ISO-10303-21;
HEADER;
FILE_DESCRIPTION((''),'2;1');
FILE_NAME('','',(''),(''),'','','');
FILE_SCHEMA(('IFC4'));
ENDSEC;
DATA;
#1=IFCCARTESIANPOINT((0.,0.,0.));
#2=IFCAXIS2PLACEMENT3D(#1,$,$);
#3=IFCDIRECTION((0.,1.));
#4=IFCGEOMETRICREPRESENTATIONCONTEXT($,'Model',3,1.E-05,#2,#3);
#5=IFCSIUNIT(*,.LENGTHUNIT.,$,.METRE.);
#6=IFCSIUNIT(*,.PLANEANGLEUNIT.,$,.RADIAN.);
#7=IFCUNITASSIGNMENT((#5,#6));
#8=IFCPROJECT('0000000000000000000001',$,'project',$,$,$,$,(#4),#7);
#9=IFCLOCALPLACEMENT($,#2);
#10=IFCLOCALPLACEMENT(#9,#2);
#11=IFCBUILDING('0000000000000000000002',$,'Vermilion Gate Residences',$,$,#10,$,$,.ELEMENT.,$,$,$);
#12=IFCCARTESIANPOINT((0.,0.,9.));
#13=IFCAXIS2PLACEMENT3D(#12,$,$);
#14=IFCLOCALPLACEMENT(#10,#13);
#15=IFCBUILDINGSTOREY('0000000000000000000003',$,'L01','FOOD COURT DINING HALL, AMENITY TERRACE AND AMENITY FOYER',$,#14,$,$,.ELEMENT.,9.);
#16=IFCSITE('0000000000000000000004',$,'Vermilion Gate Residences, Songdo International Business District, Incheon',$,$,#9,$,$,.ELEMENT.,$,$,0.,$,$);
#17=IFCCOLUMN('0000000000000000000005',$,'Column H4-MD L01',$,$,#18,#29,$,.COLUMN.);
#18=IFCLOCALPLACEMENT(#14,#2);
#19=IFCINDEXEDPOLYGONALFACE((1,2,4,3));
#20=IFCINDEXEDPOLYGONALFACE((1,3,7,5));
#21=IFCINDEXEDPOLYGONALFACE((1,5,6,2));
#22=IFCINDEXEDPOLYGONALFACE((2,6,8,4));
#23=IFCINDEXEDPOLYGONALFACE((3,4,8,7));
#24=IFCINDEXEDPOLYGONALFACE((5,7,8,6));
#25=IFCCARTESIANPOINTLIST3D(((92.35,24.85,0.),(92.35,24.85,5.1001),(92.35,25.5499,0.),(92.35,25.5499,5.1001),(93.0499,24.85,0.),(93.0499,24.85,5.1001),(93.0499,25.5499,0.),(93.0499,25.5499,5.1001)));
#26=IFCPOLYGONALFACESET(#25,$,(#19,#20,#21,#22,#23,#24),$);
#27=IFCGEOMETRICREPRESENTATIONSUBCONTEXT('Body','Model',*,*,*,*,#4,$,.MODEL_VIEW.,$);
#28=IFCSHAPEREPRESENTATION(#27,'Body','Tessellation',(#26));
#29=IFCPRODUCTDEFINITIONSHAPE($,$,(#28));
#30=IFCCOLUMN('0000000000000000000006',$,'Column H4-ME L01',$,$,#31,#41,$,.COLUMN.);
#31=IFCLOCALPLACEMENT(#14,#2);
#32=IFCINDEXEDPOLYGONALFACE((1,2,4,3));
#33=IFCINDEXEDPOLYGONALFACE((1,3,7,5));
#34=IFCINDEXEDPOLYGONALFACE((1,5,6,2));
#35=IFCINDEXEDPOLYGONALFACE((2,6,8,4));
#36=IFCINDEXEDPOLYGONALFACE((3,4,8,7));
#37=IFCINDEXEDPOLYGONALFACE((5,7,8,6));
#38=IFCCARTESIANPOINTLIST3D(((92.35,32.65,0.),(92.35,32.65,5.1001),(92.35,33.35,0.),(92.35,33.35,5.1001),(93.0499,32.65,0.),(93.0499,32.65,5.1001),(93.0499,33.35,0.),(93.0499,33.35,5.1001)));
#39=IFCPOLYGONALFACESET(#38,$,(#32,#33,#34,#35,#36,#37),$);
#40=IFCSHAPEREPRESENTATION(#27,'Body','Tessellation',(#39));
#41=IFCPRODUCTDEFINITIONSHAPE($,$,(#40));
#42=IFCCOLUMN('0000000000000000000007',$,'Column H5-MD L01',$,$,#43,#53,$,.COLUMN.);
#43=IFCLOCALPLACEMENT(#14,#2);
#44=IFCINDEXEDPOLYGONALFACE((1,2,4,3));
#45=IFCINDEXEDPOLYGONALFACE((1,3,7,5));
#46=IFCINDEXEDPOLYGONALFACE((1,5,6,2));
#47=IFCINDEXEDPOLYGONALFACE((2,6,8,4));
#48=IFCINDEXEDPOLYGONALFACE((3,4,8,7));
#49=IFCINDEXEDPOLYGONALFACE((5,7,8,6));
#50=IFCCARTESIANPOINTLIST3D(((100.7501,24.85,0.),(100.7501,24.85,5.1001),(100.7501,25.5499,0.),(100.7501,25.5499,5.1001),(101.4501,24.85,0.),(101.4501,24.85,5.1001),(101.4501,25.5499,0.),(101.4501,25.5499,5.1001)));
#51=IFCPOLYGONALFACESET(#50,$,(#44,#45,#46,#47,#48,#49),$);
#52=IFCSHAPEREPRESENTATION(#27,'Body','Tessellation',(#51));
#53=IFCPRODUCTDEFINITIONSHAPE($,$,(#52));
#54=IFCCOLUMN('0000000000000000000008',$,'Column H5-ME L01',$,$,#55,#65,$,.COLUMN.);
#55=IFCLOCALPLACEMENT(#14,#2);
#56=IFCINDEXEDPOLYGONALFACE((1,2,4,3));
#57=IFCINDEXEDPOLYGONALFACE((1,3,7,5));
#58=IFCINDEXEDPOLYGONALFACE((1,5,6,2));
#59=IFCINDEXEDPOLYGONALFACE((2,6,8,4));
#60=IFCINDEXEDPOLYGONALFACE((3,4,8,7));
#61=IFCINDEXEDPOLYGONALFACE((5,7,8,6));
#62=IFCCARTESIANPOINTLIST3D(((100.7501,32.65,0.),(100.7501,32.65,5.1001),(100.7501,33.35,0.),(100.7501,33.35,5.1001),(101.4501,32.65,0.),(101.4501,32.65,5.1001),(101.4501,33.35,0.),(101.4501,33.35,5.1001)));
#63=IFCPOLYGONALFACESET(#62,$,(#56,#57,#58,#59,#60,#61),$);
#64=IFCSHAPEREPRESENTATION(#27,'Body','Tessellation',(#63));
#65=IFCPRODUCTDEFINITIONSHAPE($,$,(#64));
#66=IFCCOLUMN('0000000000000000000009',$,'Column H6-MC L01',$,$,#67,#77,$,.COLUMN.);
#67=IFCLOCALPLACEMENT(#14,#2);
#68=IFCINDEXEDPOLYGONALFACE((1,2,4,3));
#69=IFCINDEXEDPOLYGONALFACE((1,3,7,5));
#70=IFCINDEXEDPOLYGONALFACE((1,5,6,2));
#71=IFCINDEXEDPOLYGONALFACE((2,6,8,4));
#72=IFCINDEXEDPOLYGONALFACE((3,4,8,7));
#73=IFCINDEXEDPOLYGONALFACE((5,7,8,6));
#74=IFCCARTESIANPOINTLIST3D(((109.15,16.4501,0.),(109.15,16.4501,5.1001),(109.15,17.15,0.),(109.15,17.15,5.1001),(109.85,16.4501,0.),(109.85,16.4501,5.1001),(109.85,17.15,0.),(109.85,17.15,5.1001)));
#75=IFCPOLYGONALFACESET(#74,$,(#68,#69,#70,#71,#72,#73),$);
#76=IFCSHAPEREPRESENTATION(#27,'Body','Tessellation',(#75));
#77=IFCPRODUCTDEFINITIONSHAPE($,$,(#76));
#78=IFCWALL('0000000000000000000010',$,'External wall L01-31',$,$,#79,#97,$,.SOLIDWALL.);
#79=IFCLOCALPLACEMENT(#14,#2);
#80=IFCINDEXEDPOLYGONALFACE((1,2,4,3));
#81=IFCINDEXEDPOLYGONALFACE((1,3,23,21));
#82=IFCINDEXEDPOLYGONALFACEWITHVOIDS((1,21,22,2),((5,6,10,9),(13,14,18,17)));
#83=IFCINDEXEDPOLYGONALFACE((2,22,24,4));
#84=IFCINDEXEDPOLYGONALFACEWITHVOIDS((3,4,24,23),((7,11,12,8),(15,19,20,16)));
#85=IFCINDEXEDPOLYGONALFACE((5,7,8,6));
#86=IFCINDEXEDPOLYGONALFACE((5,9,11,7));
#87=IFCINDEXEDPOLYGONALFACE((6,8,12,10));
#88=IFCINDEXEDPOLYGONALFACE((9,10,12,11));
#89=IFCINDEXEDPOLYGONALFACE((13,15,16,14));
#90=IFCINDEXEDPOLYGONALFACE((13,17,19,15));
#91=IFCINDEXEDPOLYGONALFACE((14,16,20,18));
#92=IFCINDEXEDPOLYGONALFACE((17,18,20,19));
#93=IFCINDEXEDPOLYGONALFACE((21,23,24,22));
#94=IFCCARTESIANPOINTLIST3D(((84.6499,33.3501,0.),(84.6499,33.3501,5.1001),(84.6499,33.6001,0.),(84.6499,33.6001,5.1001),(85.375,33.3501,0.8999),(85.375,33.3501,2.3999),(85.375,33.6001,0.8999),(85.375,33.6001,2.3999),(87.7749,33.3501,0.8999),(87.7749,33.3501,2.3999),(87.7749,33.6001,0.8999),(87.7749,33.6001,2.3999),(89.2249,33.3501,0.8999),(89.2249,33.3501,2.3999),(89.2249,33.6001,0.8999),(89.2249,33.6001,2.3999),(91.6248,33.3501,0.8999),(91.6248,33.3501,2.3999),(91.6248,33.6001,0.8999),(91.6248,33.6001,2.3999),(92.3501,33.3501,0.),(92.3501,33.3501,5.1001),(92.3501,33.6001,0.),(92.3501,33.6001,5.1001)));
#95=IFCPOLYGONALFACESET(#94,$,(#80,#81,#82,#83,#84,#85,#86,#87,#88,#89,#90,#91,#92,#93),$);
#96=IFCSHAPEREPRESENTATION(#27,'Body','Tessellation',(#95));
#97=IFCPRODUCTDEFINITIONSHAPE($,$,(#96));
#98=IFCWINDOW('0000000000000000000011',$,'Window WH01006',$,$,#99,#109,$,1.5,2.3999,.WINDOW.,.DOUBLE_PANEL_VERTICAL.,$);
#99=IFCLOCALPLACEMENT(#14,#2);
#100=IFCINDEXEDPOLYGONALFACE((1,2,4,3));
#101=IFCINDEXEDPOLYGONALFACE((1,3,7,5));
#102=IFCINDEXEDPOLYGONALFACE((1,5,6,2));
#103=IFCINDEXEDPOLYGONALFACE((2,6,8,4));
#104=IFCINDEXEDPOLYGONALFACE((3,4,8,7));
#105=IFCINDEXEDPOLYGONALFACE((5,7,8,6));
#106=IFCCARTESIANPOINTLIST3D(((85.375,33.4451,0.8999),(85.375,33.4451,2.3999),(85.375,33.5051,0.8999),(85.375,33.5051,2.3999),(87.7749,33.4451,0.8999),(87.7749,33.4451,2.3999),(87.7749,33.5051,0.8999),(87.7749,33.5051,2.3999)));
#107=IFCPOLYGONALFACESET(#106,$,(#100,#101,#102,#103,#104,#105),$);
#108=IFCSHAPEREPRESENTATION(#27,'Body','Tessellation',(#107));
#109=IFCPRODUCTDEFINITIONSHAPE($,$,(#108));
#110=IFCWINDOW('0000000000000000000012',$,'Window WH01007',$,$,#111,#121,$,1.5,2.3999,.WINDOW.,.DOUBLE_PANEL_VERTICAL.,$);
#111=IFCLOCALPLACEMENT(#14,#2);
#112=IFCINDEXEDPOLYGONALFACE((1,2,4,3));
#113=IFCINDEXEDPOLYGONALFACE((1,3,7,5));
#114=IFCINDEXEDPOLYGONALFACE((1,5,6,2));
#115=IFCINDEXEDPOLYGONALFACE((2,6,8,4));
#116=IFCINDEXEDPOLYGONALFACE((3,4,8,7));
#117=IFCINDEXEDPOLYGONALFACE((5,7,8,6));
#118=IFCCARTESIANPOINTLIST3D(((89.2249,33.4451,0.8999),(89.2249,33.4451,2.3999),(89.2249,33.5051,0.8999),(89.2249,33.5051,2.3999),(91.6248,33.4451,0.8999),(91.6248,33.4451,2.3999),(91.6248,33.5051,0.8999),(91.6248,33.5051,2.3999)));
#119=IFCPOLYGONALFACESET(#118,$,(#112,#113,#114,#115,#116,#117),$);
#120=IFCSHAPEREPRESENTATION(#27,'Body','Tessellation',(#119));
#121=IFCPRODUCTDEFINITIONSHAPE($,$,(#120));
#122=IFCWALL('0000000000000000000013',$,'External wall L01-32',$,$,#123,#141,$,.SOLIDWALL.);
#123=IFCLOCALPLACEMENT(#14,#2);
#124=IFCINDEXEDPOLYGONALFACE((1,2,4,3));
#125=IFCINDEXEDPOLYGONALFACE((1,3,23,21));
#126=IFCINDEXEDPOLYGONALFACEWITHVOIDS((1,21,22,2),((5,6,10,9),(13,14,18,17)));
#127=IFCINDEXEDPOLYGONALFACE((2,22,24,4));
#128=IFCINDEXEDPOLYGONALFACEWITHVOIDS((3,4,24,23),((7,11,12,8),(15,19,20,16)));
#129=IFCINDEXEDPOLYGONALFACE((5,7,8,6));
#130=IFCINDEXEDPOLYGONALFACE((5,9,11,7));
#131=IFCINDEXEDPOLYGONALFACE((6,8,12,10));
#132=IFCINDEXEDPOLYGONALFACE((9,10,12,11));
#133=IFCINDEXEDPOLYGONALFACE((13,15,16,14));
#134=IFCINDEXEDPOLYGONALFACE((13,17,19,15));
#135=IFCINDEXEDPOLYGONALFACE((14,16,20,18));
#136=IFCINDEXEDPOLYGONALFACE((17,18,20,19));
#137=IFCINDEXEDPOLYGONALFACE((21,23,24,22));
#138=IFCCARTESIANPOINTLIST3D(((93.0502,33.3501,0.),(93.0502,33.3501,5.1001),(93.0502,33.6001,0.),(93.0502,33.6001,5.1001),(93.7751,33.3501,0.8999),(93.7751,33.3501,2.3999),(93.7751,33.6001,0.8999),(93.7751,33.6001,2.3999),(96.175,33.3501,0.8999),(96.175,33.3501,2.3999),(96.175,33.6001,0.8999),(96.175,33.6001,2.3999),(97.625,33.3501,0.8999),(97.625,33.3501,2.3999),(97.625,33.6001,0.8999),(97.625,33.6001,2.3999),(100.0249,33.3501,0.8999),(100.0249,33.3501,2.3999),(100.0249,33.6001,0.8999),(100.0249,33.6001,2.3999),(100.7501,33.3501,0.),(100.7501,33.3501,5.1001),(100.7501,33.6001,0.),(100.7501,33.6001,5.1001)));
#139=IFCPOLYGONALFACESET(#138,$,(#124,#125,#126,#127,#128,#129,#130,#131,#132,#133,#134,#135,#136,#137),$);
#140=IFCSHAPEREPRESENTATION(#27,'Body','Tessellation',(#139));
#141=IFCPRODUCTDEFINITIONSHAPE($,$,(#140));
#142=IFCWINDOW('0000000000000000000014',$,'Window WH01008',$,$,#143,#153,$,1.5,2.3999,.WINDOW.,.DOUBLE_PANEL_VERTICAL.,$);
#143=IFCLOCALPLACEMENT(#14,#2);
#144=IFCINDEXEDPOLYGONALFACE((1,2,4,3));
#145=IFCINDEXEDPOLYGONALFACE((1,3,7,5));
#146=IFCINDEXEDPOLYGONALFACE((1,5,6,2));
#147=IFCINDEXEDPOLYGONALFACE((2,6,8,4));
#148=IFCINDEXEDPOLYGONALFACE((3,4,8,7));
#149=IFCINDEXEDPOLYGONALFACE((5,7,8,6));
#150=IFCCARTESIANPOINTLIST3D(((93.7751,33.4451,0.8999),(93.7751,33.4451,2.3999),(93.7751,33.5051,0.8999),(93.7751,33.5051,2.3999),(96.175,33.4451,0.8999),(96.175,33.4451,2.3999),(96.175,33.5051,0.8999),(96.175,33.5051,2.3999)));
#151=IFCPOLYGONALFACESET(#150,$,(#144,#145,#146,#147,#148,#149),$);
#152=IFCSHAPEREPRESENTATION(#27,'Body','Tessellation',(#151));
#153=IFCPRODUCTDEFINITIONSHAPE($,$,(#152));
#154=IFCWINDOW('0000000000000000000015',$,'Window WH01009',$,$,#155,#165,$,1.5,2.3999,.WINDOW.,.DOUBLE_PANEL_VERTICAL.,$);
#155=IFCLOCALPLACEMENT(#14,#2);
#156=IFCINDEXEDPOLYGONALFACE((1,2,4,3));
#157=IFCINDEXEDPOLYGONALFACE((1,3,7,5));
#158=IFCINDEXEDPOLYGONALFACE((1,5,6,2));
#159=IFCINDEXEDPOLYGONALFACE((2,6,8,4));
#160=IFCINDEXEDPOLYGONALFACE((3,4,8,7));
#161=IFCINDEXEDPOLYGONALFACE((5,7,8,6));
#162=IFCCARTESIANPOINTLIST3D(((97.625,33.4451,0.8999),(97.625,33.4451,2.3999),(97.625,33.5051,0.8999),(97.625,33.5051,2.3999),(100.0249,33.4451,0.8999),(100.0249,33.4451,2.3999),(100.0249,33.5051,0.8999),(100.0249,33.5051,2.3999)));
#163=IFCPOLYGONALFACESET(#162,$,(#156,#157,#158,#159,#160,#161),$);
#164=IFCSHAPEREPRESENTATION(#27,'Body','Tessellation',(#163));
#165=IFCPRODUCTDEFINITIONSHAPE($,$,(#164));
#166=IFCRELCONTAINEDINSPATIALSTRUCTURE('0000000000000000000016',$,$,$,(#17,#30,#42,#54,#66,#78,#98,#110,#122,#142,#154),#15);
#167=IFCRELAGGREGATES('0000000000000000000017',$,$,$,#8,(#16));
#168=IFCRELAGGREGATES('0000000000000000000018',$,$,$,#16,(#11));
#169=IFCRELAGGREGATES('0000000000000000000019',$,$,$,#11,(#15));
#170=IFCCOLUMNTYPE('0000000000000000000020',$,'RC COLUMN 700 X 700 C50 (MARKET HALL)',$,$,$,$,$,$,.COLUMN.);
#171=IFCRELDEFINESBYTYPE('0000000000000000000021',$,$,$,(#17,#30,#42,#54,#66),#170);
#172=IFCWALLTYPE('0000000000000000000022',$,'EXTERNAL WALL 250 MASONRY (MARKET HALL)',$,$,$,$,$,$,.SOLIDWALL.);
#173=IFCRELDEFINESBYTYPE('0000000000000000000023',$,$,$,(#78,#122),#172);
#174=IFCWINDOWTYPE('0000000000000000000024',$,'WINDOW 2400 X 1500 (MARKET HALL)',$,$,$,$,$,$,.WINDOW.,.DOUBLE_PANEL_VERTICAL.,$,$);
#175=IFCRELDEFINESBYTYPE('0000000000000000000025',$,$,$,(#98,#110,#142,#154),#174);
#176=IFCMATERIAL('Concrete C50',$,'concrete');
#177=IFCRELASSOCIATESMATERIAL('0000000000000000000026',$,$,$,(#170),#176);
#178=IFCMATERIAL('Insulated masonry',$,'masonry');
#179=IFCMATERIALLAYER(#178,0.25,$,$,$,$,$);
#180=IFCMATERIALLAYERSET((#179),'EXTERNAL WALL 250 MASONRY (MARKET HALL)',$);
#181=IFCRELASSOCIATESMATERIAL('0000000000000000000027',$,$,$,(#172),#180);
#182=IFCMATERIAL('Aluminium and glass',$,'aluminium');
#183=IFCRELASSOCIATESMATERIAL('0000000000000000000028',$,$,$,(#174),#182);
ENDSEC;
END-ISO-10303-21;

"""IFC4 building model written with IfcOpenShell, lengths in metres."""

from ifc_helpers import new_model, si_unit, direction, frame, frame_2d, origin, origin_2d, place, context, subcontext, project, spatial, rectangle, extrude, material, layer, layer_set, material_profile, profile_set, type_object, element, fill, save


model = new_model("IFC4")

# Units and contexts
model_context = context("Model", 3, precision=1e-05, world=origin(), true_north=direction((0.0, 1.0)))
body_context = subcontext(model_context, "Body", "Model", "MODEL_VIEW")
ifc_project = project(units=[si_unit("LENGTHUNIT", "METRE"), si_unit("PLANEANGLEUNIT", "RADIAN")], contexts=[model_context])

# Site, building, storey
site_placement = place(None, origin())
site = spatial("IfcSite", under=ifc_project, at=site_placement, Name="Vermilion Gate Residences, Songdo International Business District, Incheon", CompositionType="ELEMENT", RefElevation=0.0)
building_placement = place(site_placement, origin())
building = spatial("IfcBuilding", under=site, at=building_placement, Name="Vermilion Gate Residences", CompositionType="ELEMENT")
storey_placement = place(building_placement, frame((0.0, 0.0, 9.0)))
storey = spatial("IfcBuildingStorey", under=building, at=storey_placement, Name="L01", Description="FOOD COURT DINING HALL, AMENITY TERRACE AND AMENITY FOYER", CompositionType="ELEMENT", Elevation=9.0)

# Columns
ifc_material_1 = material(Name="Concrete C50", Category="concrete")
ifc_material_profile = material_profile(ifc_material_1, rectangle(XDim=0.7, YDim=0.7, at=origin_2d()), Name="RC COLUMN 700 X 700 C50 (MARKET HALL)")
ifc_profile_set = profile_set([ifc_material_profile], Name="Concrete C50")
column_type = type_object("IfcColumnType", Name="RC COLUMN 700 X 700 C50 (MARKET HALL)", PredefinedType="COLUMN", material=ifc_profile_set)
for number, where, z_axis, x_axis, name in (
    (1, (92.7, 25.2, 0.0), (0.0, 0.0, 1.0), (1.0, 0.0, 0.0), "Column H4-MD L01"),
    (2, (92.7, 33.0, 0.0), (0.0, 0.0, 1.0), (1.0, 0.0, 0.0), "Column H4-ME L01"),
    (3, (101.1001, 25.2, 0.0), (0.0, 0.0, 1.0), (1.0, 0.0, 0.0), "Column H5-MD L01"),
    (4, (101.1001, 33.0, 0.0), (0.0, 0.0, 1.0), (1.0, 0.0, 0.0), "Column H5-ME L01"),
    (5, (109.5, 16.8, 0.0), (0.0, 0.0, 1.0), (1.0, 0.0, 0.0), "Column H6-MC L01"),
):
    element("IfcColumn", number, at=place(storey_placement, frame(where, z_axis=z_axis, x_axis=x_axis)), inside=storey, type_object=column_type, Name=name, PredefinedType="COLUMN", context=body_context, shape_type="SweptSolid", body=[
        extrude(rectangle(XDim=0.7, YDim=0.7, at=origin_2d()), origin(), (0.0, 0.0, 1.0), 5.1001),
    ])

# Walls, openings, windows
ifc_material_2 = material(Name="Insulated masonry", Category="masonry")
ifc_layer_1 = layer(ifc_material_2, 0.25)
ifc_layer_set_1 = layer_set([ifc_layer_1], Name="EXTERNAL WALL 250 MASONRY (MARKET HALL)")
wall_type_1 = type_object("IfcWallType", Name="EXTERNAL WALL 250 MASONRY (MARKET HALL)", PredefinedType="SOLIDWALL", material=ifc_layer_set_1)
wall_1_placement = place(storey_placement, frame((84.6499, 33.4751, 0.0), z_axis=(0.0, 0.0, 1.0), x_axis=(1.0, 0.0, 0.0)))
wall_1 = element("IfcWall", 6, at=wall_1_placement, inside=storey, type_object=wall_type_1, Name="External wall L01-31", PredefinedType="SOLIDWALL", context=body_context, shape_type="SweptSolid", body=[
    extrude(rectangle(XDim=7.7002, YDim=0.25, at=frame_2d((3.8501, 0.0))), origin(), (0.0, 0.0, 1.0), 5.1001),
])
opening_1_placement = place(wall_1_placement, frame((0.7251, 0.0, 0.8999)))
opening_1 = element("IfcOpeningElement", 7, at=opening_1_placement, cuts=wall_1, PredefinedType="OPENING", context=body_context, shape_type="SweptSolid", body=[
    extrude(rectangle(XDim=2.3999, YDim=1.5, at=frame_2d((1.2, 0.75))), frame((0.0, 0.135, 0.0), z_axis=(0.0, -1.0, 0.0), x_axis=(1.0, 0.0, 0.0)), (0.0, 0.0, 1.0), 0.27),
])
opening_2_placement = place(wall_1_placement, frame((4.575, 0.0, 0.8999)))
opening_2 = element("IfcOpeningElement", 8, at=opening_2_placement, cuts=wall_1, PredefinedType="OPENING", context=body_context, shape_type="SweptSolid", body=[
    extrude(rectangle(XDim=2.3999, YDim=1.5, at=frame_2d((1.2, 0.75))), frame((0.0, 0.135, 0.0), z_axis=(0.0, -1.0, 0.0), x_axis=(1.0, 0.0, 0.0)), (0.0, 0.0, 1.0), 0.27),
])
ifc_material_3 = material(Name="Aluminium and glass", Category="aluminium")
window_type = type_object("IfcWindowType", Name="WINDOW 2400 X 1500 (MARKET HALL)", PartitioningType="DOUBLE_PANEL_VERTICAL", PredefinedType="WINDOW", material=ifc_material_3)
window_1_placement = place(opening_1_placement, origin())
window_1 = element("IfcWindow", 9, at=window_1_placement, inside=storey, type_object=window_type, Name="Window WH01006", OverallHeight=1.5, OverallWidth=2.3999, PartitioningType="DOUBLE_PANEL_VERTICAL", PredefinedType="WINDOW", context=body_context, shape_type="SweptSolid", body=[
    extrude(rectangle(XDim=2.3999, YDim=1.5, at=frame_2d((1.2, 0.75))), frame((0.0, 0.03, 0.0), z_axis=(0.0, -1.0, 0.0), x_axis=(1.0, 0.0, 0.0)), (0.0, 0.0, 1.0), 0.0601),
])
fill(opening_1, window_1)
window_2_placement = place(opening_2_placement, origin())
window_2 = element("IfcWindow", 10, at=window_2_placement, inside=storey, type_object=window_type, Name="Window WH01007", OverallHeight=1.5, OverallWidth=2.3999, PartitioningType="DOUBLE_PANEL_VERTICAL", PredefinedType="WINDOW", context=body_context, shape_type="SweptSolid", body=[
    extrude(rectangle(XDim=2.3999, YDim=1.5, at=frame_2d((1.2, 0.75))), frame((0.0, 0.03, 0.0), z_axis=(0.0, -1.0, 0.0), x_axis=(1.0, 0.0, 0.0)), (0.0, 0.0, 1.0), 0.0601),
])
fill(opening_2, window_2)
wall_2_placement = place(storey_placement, frame((93.05, 33.4751, 0.0), z_axis=(0.0, 0.0, 1.0), x_axis=(1.0, 0.0, 0.0)))
wall_2 = element("IfcWall", 11, at=wall_2_placement, inside=storey, type_object=wall_type_1, Name="External wall L01-32", PredefinedType="SOLIDWALL", context=body_context, shape_type="SweptSolid", body=[
    extrude(rectangle(XDim=7.7, YDim=0.25, at=frame_2d((3.8501, 0.0))), origin(), (0.0, 0.0, 1.0), 5.1001),
])
opening_3_placement = place(wall_2_placement, frame((0.7251, 0.0, 0.8999)))
opening_3 = element("IfcOpeningElement", 12, at=opening_3_placement, cuts=wall_2, PredefinedType="OPENING", context=body_context, shape_type="SweptSolid", body=[
    extrude(rectangle(XDim=2.3999, YDim=1.5, at=frame_2d((1.2, 0.75))), frame((0.0, 0.135, 0.0), z_axis=(0.0, -1.0, 0.0), x_axis=(1.0, 0.0, 0.0)), (0.0, 0.0, 1.0), 0.27),
])
opening_4_placement = place(wall_2_placement, frame((4.575, 0.0, 0.8999)))
opening_4 = element("IfcOpeningElement", 13, at=opening_4_placement, cuts=wall_2, PredefinedType="OPENING", context=body_context, shape_type="SweptSolid", body=[
    extrude(rectangle(XDim=2.3999, YDim=1.5, at=frame_2d((1.2, 0.75))), frame((0.0, 0.135, 0.0), z_axis=(0.0, -1.0, 0.0), x_axis=(1.0, 0.0, 0.0)), (0.0, 0.0, 1.0), 0.27),
])
window_3_placement = place(opening_3_placement, origin())
window_3 = element("IfcWindow", 14, at=window_3_placement, inside=storey, type_object=window_type, Name="Window WH01008", OverallHeight=1.5, OverallWidth=2.3999, PartitioningType="DOUBLE_PANEL_VERTICAL", PredefinedType="WINDOW", context=body_context, shape_type="SweptSolid", body=[
    extrude(rectangle(XDim=2.3999, YDim=1.5, at=frame_2d((1.2, 0.75))), frame((0.0, 0.03, 0.0), z_axis=(0.0, -1.0, 0.0), x_axis=(1.0, 0.0, 0.0)), (0.0, 0.0, 1.0), 0.0601),
])
fill(opening_3, window_3)
window_4_placement = place(opening_4_placement, origin())
window_4 = element("IfcWindow", 15, at=window_4_placement, inside=storey, type_object=window_type, Name="Window WH01009", OverallHeight=1.5, OverallWidth=2.3999, PartitioningType="DOUBLE_PANEL_VERTICAL", PredefinedType="WINDOW", context=body_context, shape_type="SweptSolid", body=[
    extrude(rectangle(XDim=2.3999, YDim=1.5, at=frame_2d((1.2, 0.75))), frame((0.0, 0.03, 0.0), z_axis=(0.0, -1.0, 0.0), x_axis=(1.0, 0.0, 0.0)), (0.0, 0.0, 1.0), 0.0601),
])
fill(opening_4, window_4)

save(model, "model.ifc")
